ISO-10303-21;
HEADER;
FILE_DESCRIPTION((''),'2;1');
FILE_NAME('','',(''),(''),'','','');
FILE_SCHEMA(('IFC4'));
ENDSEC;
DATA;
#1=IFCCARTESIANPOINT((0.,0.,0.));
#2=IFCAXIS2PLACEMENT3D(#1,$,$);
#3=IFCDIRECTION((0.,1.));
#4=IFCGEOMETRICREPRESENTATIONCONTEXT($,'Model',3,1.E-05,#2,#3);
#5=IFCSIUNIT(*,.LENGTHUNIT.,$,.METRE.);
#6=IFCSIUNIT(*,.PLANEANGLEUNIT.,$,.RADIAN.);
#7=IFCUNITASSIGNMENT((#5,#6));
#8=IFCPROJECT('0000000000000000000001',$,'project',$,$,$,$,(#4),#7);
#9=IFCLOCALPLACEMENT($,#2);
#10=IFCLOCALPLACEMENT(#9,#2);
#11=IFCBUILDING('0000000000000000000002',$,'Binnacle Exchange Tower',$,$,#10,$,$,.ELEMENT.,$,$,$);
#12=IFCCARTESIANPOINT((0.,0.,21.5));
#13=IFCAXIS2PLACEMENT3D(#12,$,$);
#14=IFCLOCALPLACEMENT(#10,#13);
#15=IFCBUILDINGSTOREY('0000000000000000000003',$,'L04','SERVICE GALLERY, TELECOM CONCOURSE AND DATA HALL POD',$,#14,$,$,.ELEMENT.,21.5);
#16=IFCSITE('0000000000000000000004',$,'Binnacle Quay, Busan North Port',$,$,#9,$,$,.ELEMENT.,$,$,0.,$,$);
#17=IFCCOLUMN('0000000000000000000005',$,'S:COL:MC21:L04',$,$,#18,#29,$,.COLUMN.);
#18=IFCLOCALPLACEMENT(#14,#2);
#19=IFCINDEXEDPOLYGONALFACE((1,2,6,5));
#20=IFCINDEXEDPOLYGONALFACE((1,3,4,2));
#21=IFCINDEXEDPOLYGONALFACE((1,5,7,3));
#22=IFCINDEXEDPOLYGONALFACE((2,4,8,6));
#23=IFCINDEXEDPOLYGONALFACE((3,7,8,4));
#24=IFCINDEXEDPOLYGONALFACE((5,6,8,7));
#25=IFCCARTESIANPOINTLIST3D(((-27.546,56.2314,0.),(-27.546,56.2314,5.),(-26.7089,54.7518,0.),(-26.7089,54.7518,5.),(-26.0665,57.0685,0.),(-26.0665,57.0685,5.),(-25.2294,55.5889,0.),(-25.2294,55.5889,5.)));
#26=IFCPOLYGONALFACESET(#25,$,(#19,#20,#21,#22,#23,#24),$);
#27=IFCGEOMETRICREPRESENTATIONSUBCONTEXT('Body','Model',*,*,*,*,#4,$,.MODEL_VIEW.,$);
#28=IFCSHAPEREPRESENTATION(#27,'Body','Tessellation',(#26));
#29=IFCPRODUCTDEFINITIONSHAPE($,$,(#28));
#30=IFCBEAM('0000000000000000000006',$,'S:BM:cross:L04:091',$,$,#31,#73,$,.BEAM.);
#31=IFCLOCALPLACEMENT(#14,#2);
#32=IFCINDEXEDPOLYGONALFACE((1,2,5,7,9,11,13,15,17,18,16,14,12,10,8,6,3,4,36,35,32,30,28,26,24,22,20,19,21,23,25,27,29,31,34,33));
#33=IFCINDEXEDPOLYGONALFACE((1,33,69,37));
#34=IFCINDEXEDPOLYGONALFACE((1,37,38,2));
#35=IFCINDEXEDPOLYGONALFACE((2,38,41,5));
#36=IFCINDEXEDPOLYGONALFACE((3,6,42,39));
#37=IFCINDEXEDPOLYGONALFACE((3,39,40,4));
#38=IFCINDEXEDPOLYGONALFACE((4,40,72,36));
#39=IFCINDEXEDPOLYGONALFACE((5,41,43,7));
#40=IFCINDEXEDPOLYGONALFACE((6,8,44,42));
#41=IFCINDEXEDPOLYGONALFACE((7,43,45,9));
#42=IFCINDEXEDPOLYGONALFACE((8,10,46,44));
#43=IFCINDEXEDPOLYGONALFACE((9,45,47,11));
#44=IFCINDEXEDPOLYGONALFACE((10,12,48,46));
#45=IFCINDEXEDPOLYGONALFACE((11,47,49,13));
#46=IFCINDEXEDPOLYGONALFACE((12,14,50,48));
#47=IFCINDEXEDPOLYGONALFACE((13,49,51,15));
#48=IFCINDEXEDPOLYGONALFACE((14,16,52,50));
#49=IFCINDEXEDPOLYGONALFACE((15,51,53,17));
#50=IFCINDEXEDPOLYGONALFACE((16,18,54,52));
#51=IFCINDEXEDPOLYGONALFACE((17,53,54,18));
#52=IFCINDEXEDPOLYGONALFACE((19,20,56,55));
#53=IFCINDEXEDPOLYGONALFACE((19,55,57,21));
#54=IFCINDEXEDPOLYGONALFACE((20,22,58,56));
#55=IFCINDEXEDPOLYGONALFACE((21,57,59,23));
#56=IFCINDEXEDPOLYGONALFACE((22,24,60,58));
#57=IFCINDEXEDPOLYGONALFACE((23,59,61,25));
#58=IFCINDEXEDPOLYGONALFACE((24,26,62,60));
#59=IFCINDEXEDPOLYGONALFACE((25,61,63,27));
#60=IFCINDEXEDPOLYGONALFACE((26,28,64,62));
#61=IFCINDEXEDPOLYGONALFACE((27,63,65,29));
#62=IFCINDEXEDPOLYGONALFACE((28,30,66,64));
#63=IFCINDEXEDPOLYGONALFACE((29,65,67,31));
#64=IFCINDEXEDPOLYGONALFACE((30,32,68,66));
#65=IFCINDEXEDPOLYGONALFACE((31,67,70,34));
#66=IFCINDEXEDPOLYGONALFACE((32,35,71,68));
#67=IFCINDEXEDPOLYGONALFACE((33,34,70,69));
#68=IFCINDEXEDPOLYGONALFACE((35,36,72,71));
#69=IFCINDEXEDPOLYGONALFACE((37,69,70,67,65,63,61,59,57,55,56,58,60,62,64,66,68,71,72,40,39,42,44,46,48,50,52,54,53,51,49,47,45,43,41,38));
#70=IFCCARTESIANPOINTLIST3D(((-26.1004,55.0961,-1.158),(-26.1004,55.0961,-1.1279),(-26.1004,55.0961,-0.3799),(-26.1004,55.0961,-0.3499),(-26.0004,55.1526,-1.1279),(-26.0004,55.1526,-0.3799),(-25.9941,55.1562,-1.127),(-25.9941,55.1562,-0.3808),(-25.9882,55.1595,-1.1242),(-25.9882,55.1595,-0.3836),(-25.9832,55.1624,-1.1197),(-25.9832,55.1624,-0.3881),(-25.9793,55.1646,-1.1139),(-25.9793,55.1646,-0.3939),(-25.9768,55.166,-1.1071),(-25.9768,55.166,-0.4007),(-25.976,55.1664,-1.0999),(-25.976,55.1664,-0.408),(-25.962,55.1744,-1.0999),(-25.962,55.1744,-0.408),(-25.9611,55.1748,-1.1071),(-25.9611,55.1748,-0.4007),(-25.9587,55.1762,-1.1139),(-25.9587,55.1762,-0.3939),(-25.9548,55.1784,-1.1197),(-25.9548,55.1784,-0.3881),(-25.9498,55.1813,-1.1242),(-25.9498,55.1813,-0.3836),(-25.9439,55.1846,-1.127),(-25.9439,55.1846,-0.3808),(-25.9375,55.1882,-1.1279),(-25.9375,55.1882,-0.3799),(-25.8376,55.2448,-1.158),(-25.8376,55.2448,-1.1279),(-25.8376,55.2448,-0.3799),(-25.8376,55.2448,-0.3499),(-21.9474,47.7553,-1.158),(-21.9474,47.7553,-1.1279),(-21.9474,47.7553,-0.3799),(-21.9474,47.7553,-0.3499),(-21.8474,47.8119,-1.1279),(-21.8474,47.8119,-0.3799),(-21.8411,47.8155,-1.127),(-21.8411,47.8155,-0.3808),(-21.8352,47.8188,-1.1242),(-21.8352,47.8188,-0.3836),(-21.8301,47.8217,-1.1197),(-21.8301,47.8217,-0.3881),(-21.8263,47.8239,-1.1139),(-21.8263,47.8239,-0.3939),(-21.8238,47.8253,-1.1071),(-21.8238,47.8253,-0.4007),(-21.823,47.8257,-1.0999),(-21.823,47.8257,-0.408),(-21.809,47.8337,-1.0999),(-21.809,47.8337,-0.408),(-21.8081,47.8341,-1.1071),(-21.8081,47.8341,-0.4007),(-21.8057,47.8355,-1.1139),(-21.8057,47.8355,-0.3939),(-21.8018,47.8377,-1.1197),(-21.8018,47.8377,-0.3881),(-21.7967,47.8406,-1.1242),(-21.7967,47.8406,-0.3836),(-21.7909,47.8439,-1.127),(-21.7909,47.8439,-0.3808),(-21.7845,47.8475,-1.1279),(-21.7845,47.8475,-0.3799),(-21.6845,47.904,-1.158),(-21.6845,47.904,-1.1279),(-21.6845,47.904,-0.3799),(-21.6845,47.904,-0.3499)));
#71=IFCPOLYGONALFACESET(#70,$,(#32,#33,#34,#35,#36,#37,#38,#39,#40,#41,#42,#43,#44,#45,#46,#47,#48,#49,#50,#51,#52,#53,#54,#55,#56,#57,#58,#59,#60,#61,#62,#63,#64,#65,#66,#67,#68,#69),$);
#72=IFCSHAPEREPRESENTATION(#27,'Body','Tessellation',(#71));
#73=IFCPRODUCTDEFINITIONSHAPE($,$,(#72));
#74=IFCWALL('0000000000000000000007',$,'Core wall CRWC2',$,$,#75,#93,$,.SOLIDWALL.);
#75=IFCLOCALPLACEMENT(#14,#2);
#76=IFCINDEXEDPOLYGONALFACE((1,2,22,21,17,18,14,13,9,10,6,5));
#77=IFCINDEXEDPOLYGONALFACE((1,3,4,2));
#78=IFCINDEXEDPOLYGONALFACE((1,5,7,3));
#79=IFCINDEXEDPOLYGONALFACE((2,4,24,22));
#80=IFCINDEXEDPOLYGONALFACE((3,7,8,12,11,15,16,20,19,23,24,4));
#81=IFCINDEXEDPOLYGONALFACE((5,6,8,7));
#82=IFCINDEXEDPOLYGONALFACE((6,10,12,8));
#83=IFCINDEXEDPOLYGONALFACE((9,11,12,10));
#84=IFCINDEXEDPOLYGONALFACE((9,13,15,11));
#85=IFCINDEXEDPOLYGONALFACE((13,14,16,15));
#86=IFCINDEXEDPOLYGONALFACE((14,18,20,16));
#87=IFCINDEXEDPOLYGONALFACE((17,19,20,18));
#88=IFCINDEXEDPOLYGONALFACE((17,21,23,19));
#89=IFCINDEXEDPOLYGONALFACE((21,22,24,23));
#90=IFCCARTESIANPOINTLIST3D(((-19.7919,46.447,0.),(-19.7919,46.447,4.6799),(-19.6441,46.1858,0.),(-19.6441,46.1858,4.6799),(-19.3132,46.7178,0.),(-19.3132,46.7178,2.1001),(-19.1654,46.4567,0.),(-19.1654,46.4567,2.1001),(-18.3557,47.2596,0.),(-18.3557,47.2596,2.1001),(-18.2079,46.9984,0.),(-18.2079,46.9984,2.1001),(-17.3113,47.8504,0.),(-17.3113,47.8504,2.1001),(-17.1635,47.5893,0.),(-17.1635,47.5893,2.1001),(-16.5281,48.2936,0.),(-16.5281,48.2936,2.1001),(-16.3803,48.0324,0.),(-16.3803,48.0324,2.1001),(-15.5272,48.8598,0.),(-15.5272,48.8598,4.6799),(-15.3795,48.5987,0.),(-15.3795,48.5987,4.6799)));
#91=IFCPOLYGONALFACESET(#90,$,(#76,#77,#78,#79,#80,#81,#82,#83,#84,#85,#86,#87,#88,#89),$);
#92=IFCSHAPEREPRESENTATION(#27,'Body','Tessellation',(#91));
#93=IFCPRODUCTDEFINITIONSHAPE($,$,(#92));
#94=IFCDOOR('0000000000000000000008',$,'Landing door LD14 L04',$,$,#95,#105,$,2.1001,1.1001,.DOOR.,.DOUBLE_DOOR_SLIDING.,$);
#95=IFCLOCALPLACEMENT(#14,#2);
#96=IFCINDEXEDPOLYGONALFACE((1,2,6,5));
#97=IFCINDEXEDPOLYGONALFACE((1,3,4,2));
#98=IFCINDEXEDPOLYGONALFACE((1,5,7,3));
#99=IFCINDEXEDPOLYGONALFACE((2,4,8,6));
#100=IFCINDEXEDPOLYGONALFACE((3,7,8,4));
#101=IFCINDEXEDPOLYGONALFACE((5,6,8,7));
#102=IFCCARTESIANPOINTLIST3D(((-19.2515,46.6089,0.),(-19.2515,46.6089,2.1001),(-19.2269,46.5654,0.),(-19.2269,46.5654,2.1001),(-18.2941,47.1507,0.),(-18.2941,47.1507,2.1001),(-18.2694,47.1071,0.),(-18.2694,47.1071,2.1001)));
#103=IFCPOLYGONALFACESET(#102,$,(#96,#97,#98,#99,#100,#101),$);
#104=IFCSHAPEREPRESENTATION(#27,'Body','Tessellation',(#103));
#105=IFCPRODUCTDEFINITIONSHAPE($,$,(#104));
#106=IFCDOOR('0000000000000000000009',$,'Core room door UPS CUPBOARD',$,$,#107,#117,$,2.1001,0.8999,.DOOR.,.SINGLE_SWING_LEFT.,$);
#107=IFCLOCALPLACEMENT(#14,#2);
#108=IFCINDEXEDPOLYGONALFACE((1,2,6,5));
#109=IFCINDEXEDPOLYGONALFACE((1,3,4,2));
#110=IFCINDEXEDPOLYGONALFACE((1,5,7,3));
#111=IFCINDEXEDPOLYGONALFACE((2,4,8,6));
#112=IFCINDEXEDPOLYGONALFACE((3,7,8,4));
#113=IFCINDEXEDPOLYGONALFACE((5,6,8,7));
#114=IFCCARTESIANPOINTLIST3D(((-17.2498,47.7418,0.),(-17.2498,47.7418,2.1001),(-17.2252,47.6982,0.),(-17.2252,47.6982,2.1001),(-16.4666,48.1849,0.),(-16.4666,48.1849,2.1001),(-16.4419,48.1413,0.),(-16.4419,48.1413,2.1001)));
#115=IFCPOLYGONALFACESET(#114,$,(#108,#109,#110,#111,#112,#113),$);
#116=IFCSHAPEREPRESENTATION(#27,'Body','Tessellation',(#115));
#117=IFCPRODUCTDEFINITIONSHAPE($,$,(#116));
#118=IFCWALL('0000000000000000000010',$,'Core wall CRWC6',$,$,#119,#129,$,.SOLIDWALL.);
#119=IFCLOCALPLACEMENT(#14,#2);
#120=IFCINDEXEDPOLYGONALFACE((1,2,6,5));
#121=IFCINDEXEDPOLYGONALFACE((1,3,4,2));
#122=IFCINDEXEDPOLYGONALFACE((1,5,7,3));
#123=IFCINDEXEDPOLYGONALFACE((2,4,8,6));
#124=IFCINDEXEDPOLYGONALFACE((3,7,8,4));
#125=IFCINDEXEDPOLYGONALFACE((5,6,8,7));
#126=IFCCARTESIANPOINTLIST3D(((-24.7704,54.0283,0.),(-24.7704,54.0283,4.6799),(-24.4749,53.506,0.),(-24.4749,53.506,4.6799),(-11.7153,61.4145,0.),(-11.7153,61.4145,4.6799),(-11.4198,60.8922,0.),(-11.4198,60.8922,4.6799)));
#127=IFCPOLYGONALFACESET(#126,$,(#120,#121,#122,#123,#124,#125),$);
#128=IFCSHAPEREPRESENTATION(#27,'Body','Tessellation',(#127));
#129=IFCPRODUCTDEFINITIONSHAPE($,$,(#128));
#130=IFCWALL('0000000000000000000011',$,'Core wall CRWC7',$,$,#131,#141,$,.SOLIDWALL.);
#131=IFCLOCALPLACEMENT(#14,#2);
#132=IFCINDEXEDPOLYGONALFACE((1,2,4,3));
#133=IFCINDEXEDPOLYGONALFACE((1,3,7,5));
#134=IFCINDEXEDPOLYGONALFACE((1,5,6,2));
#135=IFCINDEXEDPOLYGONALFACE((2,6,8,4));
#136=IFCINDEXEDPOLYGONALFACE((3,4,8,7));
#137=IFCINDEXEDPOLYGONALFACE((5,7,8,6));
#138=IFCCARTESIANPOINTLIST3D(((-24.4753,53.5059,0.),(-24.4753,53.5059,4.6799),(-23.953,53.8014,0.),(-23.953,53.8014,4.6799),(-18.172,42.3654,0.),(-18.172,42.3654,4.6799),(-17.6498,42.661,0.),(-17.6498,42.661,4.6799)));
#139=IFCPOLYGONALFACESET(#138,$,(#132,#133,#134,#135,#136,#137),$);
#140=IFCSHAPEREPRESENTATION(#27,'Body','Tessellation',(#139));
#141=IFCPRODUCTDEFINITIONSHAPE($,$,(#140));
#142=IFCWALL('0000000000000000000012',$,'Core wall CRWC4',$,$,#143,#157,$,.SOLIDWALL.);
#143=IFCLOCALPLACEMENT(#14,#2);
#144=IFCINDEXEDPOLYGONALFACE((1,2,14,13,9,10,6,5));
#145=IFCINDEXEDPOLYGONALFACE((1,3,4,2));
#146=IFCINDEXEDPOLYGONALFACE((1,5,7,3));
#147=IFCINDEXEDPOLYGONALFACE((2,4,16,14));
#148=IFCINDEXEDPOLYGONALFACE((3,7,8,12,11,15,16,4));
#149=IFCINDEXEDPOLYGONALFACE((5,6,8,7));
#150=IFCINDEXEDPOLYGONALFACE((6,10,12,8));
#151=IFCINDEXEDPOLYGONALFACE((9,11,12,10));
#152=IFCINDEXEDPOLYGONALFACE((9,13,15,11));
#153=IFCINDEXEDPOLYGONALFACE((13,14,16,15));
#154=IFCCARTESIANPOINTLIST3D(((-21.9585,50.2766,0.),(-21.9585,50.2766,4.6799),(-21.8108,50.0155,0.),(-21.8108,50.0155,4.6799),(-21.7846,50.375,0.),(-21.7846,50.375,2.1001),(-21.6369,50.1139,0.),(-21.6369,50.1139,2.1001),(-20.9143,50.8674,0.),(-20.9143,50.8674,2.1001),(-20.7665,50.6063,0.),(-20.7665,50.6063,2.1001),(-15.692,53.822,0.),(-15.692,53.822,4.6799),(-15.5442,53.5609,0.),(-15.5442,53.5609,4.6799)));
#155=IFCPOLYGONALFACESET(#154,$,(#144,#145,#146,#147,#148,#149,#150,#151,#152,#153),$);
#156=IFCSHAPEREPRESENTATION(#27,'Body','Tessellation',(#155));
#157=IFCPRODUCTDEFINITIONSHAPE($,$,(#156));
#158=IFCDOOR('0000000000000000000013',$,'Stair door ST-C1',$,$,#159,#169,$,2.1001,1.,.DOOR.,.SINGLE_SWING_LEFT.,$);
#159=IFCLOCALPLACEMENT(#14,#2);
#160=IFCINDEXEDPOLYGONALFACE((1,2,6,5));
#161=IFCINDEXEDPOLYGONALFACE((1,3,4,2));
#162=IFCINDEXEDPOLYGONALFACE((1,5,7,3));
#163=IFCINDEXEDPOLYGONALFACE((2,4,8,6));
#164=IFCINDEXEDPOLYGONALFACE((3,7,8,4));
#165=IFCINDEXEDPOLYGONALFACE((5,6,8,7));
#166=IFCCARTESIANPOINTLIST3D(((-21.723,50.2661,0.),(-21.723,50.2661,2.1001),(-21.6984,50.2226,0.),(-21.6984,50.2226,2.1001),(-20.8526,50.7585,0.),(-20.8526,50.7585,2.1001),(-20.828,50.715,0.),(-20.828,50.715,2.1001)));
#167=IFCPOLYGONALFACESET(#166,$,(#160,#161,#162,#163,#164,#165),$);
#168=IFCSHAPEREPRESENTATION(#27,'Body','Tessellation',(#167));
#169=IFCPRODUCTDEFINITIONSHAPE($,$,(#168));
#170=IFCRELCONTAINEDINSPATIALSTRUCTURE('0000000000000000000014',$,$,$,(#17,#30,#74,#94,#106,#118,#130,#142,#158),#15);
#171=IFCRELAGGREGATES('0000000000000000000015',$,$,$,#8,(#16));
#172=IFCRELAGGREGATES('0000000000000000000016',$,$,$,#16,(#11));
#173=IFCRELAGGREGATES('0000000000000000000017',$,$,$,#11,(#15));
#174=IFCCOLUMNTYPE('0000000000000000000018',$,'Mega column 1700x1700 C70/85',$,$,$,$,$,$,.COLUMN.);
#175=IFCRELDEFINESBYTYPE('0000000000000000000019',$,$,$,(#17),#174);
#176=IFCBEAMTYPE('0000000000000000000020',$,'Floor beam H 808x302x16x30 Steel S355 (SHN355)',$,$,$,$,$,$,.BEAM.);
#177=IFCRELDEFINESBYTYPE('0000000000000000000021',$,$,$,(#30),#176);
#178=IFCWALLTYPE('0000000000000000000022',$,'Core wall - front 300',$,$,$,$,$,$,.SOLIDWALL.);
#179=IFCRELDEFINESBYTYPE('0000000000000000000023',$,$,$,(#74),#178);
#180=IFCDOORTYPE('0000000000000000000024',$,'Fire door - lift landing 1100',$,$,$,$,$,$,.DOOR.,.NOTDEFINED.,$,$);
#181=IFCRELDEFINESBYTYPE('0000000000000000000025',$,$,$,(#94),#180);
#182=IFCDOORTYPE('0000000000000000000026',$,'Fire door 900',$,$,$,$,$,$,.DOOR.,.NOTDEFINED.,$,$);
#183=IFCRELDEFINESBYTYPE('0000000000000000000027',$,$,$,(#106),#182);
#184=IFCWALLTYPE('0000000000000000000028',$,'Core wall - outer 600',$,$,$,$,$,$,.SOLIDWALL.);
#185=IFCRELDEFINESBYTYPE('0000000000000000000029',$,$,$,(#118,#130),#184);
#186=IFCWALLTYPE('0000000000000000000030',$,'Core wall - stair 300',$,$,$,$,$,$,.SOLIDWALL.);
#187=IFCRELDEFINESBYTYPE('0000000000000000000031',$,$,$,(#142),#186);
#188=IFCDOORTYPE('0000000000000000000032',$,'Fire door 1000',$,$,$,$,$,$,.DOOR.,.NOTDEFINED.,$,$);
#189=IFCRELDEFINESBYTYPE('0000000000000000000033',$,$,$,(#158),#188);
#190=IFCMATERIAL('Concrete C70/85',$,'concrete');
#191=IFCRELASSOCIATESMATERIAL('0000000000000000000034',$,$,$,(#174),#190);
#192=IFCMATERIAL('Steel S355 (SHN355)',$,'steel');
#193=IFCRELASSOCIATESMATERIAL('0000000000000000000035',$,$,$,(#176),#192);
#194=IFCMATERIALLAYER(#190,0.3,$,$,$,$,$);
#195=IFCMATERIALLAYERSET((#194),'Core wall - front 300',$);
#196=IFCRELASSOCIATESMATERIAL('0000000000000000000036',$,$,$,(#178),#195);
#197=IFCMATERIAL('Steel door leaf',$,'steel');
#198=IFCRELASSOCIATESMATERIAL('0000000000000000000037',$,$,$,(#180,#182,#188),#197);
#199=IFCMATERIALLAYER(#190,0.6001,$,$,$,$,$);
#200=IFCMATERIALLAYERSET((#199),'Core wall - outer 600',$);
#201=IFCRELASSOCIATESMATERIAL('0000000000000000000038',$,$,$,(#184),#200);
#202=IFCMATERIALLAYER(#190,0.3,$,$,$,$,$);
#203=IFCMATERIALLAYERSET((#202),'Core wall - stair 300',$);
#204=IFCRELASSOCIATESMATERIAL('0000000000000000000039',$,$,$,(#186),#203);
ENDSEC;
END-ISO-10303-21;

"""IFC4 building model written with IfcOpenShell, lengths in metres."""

from ifc_helpers import new_model, si_unit, direction, frame, frame_2d, origin, origin_2d, place, context, subcontext, project, spatial, rectangle, i_section, extrude, material, layer, layer_set, material_profile, profile_set, type_object, element, fill, save


model = new_model("IFC4")

# Units and contexts
model_context = context("Model", 3, precision=1e-05, world=origin(), true_north=direction((0.0, 1.0)))
body_context = subcontext(model_context, "Body", "Model", "MODEL_VIEW")
ifc_project = project(units=[si_unit("LENGTHUNIT", "METRE"), si_unit("PLANEANGLEUNIT", "RADIAN")], contexts=[model_context])

# Site, building, storey
site_placement = place(None, origin())
site = spatial("IfcSite", under=ifc_project, at=site_placement, Name="Binnacle Quay, Busan North Port", CompositionType="ELEMENT", RefElevation=0.0)
building_placement = place(site_placement, origin())
building = spatial("IfcBuilding", under=site, at=building_placement, Name="Binnacle Exchange Tower", CompositionType="ELEMENT")
storey_placement = place(building_placement, frame((0.0, 0.0, 21.5)))
storey = spatial("IfcBuildingStorey", under=building, at=storey_placement, Name="L04", Description="SERVICE GALLERY, TELECOM CONCOURSE AND DATA HALL POD", CompositionType="ELEMENT", Elevation=21.5)

# Column
ifc_material_1 = material(Name="Concrete C70/85", Category="concrete")
ifc_material_profile_1 = material_profile(ifc_material_1, rectangle(XDim=1.7, YDim=1.7, at=origin_2d()), Name="Mega column 1700x1700 C70/85")
ifc_profile_set_1 = profile_set([ifc_material_profile_1], Name="Concrete C70/85")
column_type = type_object("IfcColumnType", Name="Mega column 1700x1700 C70/85", PredefinedType="COLUMN", material=ifc_profile_set_1)
column_placement = place(storey_placement, frame((-26.3877, 55.9102, 0.0), z_axis=(0.0, 0.0, 1.0), x_axis=(-0.870356, -0.492424, 0.0)))
element("IfcColumn", 1, at=column_placement, inside=storey, type_object=column_type, Name="S:COL:MC21:L04", PredefinedType="COLUMN", context=body_context, shape_type="SweptSolid", body=[
    extrude(rectangle(XDim=1.7, YDim=1.7, at=origin_2d()), origin(), (0.0, 0.0, 1.0), 5.0),
])

# Beam
ifc_material_2 = material(Name="Steel S355 (SHN355)", Category="steel")
ifc_material_profile_2 = material_profile(ifc_material_2, i_section(OverallWidth=0.302, OverallDepth=0.8081, WebThickness=0.0161, FlangeThickness=0.03, FilletRadius=0.0281, at=origin_2d()), Name="H 808x302x16x30")
ifc_profile_set_2 = profile_set([ifc_material_profile_2], Name="Steel S355 (SHN355)")
beam_type = type_object("IfcBeamType", Name="Floor beam H 808x302x16x30 Steel S355 (SHN355)", PredefinedType="BEAM", material=ifc_profile_set_2)
beam_placement = place(storey_placement, frame((-25.969, 55.1704, -0.7539), z_axis=(0.492409, -0.870364, 0.0), x_axis=(0.870364, 0.492409, 0.0)))
element("IfcBeam", 2, at=beam_placement, inside=storey, type_object=beam_type, Name="S:BM:cross:L04:091", PredefinedType="BEAM", context=body_context, shape_type="SweptSolid", body=[
    extrude(i_section(OverallWidth=0.302, OverallDepth=0.8081, WebThickness=0.0161, FlangeThickness=0.03, FilletRadius=0.0281, at=origin_2d()), origin(), (0.0, 0.0, 1.0), 8.4341),
])

# Wall, openings, doors
ifc_layer_1 = layer(ifc_material_1, 0.3)
ifc_layer_set_1 = layer_set([ifc_layer_1], Name="Core wall - front 300")
wall_type_1 = type_object("IfcWallType", Name="Core wall - front 300", PredefinedType="SOLIDWALL", material=ifc_layer_set_1)
wall_1_placement = place(storey_placement, frame((-19.718, 46.3164, 0.0), z_axis=(0.0, 0.0, 1.0), x_axis=(0.870354, 0.492427, 0.0)))
wall_1 = element("IfcWall", 3, at=wall_1_placement, inside=storey, type_object=wall_type_1, Name="Core wall CRWC2", PredefinedType="SOLIDWALL", context=body_context, shape_type="SweptSolid", body=[
    extrude(rectangle(XDim=4.8999, YDim=0.3, at=frame_2d((2.45, 0.0))), origin(), (0.0, 0.0, 1.0), 4.6799),
])
opening_1_placement = place(wall_1_placement, frame((0.55, 0.0, 0.0)))
opening_1 = element("IfcOpeningElement", 4, at=opening_1_placement, cuts=wall_1, PredefinedType="OPENING", context=body_context, shape_type="SweptSolid", body=[
    extrude(rectangle(XDim=1.1001, YDim=2.1001, at=frame_2d((0.55, 1.05))), frame((0.0, 0.1599, 0.0), z_axis=(0.0, -1.0, 0.0), x_axis=(1.0, 0.0, 0.0)), (0.0, 0.0, 1.0), 0.3201),
])
opening_2_placement = place(wall_1_placement, frame((2.8501, 0.0, 0.0)))
opening_2 = element("IfcOpeningElement", 5, at=opening_2_placement, cuts=wall_1, PredefinedType="OPENING", context=body_context, shape_type="SweptSolid", body=[
    extrude(rectangle(XDim=0.8999, YDim=2.1001, at=frame_2d((0.45, 1.05))), frame((0.0, 0.1599, 0.0), z_axis=(0.0, -1.0, 0.0), x_axis=(1.0, 0.0, 0.0)), (0.0, 0.0, 1.0), 0.3201),
])
ifc_material_3 = material(Name="Steel door leaf", Category="steel")
door_type_1 = type_object("IfcDoorType", Name="Fire door - lift landing 1100", OperationType="NOTDEFINED", PredefinedType="DOOR", material=ifc_material_3)
door_1_placement = place(opening_1_placement, origin())
door_1 = element("IfcDoor", 6, at=door_1_placement, inside=storey, type_object=door_type_1, Name="Landing door LD14 L04", OperationType="DOUBLE_DOOR_SLIDING", OverallHeight=2.1001, OverallWidth=1.1001, PredefinedType="DOOR", context=body_context, shape_type="SweptSolid", body=[
    extrude(rectangle(XDim=1.1001, YDim=2.1001, at=frame_2d((0.55, 1.05))), frame((0.0, 0.0249, 0.0), z_axis=(0.0, -1.0, 0.0), x_axis=(1.0, 0.0, 0.0)), (0.0, 0.0, 1.0), 0.05),
])
fill(opening_1, door_1)
door_type_2 = type_object("IfcDoorType", Name="Fire door 900", OperationType="NOTDEFINED", PredefinedType="DOOR", material=ifc_material_3)
door_2_placement = place(opening_2_placement, frame((0.8999, 0.0, 0.0), z_axis=(0.0, 0.0, 1.0), x_axis=(-1.0, 0.0, 0.0)))
door_2 = element("IfcDoor", 7, at=door_2_placement, inside=storey, type_object=door_type_2, Name="Core room door UPS CUPBOARD", OperationType="SINGLE_SWING_LEFT", OverallHeight=2.1001, OverallWidth=0.8999, PredefinedType="DOOR", context=body_context, shape_type="SweptSolid", body=[
    extrude(rectangle(XDim=0.8999, YDim=2.1001, at=frame_2d((0.45, 1.05))), frame((0.0, 0.0249, 0.0), z_axis=(0.0, -1.0, 0.0), x_axis=(1.0, 0.0, 0.0)), (0.0, 0.0, 1.0), 0.05),
])
fill(opening_2, door_2)

# Walls
ifc_layer_2 = layer(ifc_material_1, 0.6001)
ifc_layer_set_2 = layer_set([ifc_layer_2], Name="Core wall - outer 600")
wall_type_2 = type_object("IfcWallType", Name="Core wall - outer 600", PredefinedType="SOLIDWALL", material=ifc_layer_set_2)
wall_2_placement = place(storey_placement, frame((-24.6228, 53.7671, 0.0), z_axis=(0.0, 0.0, 1.0), x_axis=(0.870357, 0.492422, 0.0)))
element("IfcWall", 8, at=wall_2_placement, inside=storey, type_object=wall_type_2, Name="Core wall CRWC6", PredefinedType="SOLIDWALL", context=body_context, shape_type="SweptSolid", body=[
    extrude(rectangle(XDim=14.9998, YDim=0.6001, at=frame_2d((7.5, 0.0))), origin(), (0.0, 0.0, 1.0), 4.6799),
])
wall_3_placement = place(storey_placement, frame((-24.2141, 53.6536, 0.0), z_axis=(0.0, 0.0, 1.0), x_axis=(0.492441, -0.870346, 0.0)))
element("IfcWall", 9, at=wall_3_placement, inside=storey, type_object=wall_type_2, Name="Core wall CRWC7", PredefinedType="SOLIDWALL", context=body_context, shape_type="SweptSolid", body=[
    extrude(rectangle(XDim=12.8, YDim=0.6001, at=frame_2d((6.3999, 0.0))), origin(), (0.0, 0.0, 1.0), 4.6799),
])

# Wall, opening, door
ifc_layer_3 = layer(ifc_material_1, 0.3)
ifc_layer_set_3 = layer_set([ifc_layer_3], Name="Core wall - stair 300")
wall_type_3 = type_object("IfcWallType", Name="Core wall - stair 300", PredefinedType="SOLIDWALL", material=ifc_layer_set_3)
wall_4_placement = place(storey_placement, frame((-21.8848, 50.146, 0.0), z_axis=(0.0, 0.0, 1.0), x_axis=(0.870359, 0.492417, 0.0)))
wall_4 = element("IfcWall", 10, at=wall_4_placement, inside=storey, type_object=wall_type_3, Name="Core wall CRWC4", PredefinedType="SOLIDWALL", context=body_context, shape_type="SweptSolid", body=[
    extrude(rectangle(XDim=7.2, YDim=0.3, at=frame_2d((3.6001, 0.0))), origin(), (0.0, 0.0, 1.0), 4.6799),
])
opening_3_placement = place(wall_4_placement, frame((0.2, 0.0, 0.0)))
opening_3 = element("IfcOpeningElement", 11, at=opening_3_placement, cuts=wall_4, PredefinedType="OPENING", context=body_context, shape_type="SweptSolid", body=[
    extrude(rectangle(XDim=1.0, YDim=2.1001, at=frame_2d((0.5, 1.05))), frame((0.0, 0.1599, 0.0), z_axis=(0.0, -1.0, 0.0), x_axis=(1.0, 0.0, 0.0)), (0.0, 0.0, 1.0), 0.3201),
])
door_type_3 = type_object("IfcDoorType", Name="Fire door 1000", OperationType="NOTDEFINED", PredefinedType="DOOR", material=ifc_material_3)
door_3_placement = place(opening_3_placement, origin())
door_3 = element("IfcDoor", 12, at=door_3_placement, inside=storey, type_object=door_type_3, Name="Stair door ST-C1", OperationType="SINGLE_SWING_LEFT", OverallHeight=2.1001, OverallWidth=1.0, PredefinedType="DOOR", context=body_context, shape_type="SweptSolid", body=[
    extrude(rectangle(XDim=1.0, YDim=2.1001, at=frame_2d((0.5, 1.05))), frame((0.0, 0.0249, 0.0), z_axis=(0.0, -1.0, 0.0), x_axis=(1.0, 0.0, 0.0)), (0.0, 0.0, 1.0), 0.05),
])
fill(opening_3, door_3)

save(model, "model.ifc")
